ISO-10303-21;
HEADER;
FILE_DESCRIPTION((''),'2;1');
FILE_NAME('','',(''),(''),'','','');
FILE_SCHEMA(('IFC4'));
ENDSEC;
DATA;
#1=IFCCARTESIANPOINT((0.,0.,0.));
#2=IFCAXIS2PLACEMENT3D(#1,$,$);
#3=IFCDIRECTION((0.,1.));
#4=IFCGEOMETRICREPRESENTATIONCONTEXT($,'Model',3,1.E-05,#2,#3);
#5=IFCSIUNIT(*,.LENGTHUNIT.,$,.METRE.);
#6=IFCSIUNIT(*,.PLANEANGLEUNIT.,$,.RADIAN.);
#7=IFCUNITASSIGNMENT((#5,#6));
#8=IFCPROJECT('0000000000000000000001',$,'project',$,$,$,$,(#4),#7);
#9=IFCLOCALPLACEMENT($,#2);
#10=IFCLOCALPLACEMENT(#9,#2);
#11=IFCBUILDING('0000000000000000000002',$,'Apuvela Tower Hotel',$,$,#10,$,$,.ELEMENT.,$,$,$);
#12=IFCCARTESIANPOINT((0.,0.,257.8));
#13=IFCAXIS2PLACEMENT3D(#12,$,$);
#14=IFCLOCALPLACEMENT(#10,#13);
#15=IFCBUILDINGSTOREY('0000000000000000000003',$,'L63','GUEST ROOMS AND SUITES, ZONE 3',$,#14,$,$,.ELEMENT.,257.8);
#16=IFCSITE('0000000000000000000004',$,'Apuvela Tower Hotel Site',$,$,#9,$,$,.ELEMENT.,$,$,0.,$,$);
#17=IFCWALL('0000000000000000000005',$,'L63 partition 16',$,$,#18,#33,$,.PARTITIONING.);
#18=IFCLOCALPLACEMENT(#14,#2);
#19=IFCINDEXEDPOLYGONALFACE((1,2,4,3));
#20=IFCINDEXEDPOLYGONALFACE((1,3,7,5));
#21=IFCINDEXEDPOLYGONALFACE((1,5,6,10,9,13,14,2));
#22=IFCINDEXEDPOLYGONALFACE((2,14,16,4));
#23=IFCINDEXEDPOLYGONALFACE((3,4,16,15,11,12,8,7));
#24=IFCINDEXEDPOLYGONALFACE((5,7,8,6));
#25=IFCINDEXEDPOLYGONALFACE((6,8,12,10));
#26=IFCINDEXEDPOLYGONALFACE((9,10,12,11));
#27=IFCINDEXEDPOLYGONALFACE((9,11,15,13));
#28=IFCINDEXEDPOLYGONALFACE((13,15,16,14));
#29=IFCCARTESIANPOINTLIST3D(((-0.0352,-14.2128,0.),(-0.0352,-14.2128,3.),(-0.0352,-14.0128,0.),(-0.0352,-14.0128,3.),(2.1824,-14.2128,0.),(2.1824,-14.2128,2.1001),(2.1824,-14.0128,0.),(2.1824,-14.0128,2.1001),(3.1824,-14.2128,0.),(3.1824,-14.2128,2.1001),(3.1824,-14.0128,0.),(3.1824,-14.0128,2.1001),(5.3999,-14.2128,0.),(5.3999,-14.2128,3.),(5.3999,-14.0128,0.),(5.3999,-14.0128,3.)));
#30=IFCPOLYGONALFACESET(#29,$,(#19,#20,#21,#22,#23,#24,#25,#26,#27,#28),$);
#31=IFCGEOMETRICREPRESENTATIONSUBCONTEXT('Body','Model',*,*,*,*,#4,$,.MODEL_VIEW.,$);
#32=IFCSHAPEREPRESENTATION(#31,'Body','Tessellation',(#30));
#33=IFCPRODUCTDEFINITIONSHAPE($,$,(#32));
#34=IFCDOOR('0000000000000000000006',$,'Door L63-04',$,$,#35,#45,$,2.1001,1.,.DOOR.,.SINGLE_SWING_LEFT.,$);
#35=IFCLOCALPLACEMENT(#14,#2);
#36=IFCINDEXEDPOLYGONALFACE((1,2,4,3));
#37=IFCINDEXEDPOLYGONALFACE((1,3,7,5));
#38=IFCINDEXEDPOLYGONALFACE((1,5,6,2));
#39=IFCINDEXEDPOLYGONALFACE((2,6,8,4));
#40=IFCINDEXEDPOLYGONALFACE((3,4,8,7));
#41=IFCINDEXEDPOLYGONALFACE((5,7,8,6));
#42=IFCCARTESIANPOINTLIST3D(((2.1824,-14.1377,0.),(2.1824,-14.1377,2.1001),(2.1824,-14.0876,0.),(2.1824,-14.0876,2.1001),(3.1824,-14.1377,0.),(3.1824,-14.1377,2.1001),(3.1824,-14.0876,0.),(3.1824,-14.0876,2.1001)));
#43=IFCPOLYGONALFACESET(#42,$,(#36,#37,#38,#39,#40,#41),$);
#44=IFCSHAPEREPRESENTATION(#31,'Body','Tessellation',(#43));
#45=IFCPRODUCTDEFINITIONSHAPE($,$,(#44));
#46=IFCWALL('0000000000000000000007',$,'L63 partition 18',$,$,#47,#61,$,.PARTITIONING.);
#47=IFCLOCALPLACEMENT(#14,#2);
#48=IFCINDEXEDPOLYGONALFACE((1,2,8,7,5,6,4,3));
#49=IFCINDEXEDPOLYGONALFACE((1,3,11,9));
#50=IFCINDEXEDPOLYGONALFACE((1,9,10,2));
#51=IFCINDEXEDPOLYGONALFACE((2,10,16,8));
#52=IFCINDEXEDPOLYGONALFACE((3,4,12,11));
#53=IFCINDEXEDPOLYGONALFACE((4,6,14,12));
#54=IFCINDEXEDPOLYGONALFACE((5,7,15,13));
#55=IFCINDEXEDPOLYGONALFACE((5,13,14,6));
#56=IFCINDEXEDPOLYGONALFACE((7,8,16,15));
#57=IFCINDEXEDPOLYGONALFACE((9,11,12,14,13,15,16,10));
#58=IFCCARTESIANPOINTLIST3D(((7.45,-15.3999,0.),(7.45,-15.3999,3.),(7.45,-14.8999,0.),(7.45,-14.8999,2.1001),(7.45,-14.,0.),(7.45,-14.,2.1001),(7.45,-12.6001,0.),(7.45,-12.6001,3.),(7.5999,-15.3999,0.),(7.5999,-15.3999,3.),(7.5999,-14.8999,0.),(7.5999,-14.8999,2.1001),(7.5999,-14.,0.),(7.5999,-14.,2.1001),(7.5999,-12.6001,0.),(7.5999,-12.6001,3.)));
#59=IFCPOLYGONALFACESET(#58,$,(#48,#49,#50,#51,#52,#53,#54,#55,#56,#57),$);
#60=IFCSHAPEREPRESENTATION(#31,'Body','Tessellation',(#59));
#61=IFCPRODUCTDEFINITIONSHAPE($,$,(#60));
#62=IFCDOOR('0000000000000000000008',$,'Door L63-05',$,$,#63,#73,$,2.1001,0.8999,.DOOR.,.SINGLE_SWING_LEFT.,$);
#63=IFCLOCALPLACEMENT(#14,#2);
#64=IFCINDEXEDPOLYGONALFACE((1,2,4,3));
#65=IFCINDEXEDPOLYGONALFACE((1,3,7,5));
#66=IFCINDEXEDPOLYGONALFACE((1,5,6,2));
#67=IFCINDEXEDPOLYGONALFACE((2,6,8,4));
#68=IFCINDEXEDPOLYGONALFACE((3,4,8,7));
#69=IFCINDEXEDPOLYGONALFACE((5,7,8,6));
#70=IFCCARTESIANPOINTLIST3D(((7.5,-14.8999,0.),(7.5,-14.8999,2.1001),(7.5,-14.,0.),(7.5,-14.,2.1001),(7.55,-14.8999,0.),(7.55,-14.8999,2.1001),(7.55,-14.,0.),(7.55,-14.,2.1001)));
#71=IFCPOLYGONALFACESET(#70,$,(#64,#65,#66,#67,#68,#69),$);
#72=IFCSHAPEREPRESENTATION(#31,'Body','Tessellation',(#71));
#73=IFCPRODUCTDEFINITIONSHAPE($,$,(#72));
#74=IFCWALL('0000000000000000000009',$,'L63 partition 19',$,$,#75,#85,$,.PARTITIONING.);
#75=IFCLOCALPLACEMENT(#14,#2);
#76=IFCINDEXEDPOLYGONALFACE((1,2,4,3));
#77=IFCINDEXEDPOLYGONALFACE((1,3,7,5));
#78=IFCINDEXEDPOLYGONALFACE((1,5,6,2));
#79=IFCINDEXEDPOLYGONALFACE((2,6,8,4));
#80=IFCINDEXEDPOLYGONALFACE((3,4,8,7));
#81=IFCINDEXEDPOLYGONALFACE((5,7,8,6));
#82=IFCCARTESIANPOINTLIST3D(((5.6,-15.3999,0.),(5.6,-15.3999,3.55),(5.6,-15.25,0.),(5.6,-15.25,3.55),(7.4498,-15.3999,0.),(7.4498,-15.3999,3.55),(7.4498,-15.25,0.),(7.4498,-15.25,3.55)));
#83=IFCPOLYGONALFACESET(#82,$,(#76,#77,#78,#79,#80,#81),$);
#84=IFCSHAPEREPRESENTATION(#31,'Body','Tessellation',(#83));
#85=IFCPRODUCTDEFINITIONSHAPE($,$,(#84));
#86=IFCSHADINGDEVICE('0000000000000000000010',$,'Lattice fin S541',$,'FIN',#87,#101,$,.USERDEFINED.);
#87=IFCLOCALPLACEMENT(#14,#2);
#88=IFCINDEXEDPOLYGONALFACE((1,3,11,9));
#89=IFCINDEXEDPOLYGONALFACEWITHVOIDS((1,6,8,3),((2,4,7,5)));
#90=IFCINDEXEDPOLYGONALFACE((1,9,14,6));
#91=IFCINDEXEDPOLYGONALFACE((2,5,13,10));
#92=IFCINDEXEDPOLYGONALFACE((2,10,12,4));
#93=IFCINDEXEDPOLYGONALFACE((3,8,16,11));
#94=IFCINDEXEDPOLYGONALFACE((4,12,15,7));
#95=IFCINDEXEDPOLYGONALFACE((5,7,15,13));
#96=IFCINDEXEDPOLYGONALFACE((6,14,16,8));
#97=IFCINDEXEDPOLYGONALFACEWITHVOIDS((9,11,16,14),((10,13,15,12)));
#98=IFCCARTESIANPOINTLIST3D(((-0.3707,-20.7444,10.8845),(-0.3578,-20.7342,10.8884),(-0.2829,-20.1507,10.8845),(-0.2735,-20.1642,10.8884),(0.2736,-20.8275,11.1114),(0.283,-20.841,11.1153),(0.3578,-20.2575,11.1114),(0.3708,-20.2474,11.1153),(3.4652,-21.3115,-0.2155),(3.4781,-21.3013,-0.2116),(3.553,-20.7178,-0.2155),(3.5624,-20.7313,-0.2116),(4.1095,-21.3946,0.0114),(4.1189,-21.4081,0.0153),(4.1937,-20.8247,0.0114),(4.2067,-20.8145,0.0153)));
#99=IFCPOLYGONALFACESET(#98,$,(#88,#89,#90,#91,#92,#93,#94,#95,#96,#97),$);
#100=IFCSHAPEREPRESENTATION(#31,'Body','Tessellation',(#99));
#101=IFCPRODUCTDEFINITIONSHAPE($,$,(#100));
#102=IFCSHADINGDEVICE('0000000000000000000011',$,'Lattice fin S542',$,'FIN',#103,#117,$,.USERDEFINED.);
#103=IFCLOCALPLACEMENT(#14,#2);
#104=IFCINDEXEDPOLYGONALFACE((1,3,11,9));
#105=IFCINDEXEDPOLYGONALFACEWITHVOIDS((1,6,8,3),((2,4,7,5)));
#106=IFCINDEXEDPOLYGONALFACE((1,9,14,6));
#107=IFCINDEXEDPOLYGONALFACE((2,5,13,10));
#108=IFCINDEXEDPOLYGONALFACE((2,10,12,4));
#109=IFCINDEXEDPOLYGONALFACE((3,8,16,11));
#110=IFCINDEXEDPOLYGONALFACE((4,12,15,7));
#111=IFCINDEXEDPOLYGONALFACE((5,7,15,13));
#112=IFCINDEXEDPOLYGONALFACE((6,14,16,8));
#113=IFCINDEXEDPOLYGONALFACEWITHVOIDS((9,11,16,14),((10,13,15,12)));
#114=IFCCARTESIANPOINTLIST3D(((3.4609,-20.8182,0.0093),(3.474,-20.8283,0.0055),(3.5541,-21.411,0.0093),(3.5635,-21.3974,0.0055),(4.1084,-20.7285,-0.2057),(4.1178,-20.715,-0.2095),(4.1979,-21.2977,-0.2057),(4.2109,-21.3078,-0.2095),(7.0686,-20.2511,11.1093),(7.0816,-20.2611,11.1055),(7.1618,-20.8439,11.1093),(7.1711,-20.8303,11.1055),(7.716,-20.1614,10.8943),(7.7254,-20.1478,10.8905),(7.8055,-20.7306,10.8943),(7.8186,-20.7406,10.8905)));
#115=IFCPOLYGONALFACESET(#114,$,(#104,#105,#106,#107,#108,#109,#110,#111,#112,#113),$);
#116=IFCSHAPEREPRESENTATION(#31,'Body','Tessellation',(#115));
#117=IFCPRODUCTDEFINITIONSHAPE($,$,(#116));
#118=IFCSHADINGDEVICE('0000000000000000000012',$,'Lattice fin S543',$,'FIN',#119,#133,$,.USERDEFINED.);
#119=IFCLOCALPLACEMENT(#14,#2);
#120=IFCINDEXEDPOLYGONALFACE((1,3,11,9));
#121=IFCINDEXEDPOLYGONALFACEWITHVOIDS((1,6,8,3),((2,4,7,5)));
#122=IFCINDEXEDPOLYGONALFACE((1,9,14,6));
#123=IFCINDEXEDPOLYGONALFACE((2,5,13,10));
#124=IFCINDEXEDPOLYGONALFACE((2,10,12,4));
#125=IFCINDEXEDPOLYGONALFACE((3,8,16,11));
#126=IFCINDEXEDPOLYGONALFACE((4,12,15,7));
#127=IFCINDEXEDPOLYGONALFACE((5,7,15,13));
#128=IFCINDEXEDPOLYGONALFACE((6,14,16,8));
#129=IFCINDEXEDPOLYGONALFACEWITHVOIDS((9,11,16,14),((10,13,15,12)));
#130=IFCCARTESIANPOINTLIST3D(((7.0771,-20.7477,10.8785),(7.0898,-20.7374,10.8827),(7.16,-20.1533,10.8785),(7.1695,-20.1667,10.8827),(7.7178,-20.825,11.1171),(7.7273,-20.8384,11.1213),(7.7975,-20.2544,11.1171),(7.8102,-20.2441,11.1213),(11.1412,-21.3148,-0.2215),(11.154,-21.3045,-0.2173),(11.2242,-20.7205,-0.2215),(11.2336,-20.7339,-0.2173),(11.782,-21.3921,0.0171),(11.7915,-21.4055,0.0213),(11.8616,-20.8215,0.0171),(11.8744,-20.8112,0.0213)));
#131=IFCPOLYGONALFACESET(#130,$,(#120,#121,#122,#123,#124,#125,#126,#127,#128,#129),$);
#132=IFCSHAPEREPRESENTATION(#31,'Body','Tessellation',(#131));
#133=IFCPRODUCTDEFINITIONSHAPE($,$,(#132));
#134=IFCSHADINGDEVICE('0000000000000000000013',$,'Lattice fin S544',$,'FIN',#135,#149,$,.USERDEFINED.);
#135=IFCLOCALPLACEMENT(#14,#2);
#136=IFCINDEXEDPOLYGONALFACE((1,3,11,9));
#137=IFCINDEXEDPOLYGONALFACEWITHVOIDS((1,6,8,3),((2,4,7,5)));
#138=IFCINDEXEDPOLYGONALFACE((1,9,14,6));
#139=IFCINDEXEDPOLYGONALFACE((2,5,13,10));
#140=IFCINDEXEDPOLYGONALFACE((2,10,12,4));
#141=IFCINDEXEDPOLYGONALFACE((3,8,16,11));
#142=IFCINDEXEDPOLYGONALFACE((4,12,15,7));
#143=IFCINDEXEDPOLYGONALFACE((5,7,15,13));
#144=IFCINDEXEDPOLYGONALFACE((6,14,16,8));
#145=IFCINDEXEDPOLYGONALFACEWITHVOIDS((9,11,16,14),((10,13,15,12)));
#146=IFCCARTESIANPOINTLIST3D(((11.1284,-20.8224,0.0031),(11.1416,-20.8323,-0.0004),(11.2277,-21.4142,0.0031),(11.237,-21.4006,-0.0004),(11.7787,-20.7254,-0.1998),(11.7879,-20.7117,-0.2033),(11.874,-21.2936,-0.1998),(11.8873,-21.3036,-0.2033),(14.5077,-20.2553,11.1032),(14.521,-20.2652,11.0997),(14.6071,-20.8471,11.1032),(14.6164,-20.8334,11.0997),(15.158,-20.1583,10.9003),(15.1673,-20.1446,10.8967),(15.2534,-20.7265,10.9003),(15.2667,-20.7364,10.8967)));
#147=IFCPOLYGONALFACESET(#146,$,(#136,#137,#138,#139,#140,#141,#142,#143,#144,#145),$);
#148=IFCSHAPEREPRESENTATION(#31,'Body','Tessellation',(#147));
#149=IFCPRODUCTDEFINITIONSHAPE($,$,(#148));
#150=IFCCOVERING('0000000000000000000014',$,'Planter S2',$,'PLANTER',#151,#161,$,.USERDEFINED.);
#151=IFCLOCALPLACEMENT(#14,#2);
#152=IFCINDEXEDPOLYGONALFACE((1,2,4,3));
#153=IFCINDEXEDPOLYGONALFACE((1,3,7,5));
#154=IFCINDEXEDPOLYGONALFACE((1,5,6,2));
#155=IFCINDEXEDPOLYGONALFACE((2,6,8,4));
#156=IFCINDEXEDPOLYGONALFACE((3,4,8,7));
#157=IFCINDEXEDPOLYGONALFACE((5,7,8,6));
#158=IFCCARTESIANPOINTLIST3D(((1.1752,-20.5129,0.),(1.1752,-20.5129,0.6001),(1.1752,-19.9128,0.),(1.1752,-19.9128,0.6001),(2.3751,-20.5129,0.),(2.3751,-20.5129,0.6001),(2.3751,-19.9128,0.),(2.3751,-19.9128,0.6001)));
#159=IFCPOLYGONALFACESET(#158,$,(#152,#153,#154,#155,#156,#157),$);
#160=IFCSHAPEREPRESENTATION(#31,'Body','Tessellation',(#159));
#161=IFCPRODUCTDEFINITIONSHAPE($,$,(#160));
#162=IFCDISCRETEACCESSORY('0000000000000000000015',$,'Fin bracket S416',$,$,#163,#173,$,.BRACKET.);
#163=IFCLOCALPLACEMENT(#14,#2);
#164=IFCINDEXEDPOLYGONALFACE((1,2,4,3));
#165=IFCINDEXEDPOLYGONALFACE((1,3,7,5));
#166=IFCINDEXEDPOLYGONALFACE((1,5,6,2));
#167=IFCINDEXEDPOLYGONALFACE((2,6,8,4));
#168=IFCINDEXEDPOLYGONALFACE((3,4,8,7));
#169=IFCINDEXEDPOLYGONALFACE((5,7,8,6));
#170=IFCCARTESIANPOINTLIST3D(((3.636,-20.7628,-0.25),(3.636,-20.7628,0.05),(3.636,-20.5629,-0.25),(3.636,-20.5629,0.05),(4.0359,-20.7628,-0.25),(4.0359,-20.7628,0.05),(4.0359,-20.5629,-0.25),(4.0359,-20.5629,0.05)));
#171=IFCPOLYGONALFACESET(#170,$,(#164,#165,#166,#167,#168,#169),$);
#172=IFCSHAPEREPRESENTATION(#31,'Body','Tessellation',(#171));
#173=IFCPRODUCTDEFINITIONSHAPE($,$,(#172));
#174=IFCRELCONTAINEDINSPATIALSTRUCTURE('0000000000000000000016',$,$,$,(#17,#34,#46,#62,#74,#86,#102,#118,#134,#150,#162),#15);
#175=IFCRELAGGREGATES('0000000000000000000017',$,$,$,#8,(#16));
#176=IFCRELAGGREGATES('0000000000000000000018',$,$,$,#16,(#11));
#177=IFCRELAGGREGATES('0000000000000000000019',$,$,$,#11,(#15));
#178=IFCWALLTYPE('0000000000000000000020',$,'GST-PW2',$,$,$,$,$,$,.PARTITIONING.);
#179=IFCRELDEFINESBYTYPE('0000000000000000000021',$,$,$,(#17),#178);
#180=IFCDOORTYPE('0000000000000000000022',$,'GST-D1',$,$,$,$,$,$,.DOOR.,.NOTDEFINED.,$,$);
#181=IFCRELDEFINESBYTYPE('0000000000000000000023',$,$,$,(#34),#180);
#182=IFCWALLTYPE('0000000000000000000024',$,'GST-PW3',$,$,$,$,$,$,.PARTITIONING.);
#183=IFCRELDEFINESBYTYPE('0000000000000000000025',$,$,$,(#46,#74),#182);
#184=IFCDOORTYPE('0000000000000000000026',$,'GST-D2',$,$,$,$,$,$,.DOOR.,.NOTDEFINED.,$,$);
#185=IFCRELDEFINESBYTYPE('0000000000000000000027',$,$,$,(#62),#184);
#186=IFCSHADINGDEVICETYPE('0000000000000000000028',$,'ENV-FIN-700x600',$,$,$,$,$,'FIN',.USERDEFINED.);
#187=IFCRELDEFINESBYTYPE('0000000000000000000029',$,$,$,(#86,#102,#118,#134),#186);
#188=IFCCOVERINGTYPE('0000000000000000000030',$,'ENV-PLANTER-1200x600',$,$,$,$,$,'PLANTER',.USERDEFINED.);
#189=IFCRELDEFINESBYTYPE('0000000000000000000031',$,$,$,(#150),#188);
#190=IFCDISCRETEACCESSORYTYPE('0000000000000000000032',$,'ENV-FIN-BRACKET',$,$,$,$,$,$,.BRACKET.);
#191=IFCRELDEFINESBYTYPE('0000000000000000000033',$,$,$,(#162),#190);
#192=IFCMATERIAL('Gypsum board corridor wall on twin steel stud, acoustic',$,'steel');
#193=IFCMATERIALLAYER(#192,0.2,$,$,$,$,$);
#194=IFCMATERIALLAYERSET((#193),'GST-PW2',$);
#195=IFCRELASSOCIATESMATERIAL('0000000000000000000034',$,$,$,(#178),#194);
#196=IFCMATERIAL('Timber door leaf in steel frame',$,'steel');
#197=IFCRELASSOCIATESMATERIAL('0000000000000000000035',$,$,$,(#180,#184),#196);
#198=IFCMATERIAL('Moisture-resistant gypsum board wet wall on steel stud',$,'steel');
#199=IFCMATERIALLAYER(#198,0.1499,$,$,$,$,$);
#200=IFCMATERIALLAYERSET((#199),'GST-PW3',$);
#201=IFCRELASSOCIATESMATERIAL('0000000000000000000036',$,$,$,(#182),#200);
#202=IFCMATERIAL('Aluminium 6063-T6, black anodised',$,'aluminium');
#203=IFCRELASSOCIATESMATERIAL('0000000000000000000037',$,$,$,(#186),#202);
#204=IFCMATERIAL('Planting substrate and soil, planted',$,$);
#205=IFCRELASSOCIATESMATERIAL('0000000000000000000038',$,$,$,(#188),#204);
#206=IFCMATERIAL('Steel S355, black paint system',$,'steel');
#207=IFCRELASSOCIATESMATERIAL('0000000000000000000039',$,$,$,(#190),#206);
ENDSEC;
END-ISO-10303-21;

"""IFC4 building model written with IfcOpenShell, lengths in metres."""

from ifc_helpers import new_model, si_unit, direction, frame, frame_2d, origin, origin_2d, place, context, subcontext, project, spatial, rectangle, hollow_rectangle, extrude, material, layer, layer_set, material_profile, profile_set, type_object, element, fill, save


model = new_model("IFC4")

# Units and contexts
model_context = context("Model", 3, precision=1e-05, world=origin(), true_north=direction((0.0, 1.0)))
body_context = subcontext(model_context, "Body", "Model", "MODEL_VIEW")
ifc_project = project(units=[si_unit("LENGTHUNIT", "METRE"), si_unit("PLANEANGLEUNIT", "RADIAN")], contexts=[model_context])

# Site, building, storey
site_placement = place(None, origin())
site = spatial("IfcSite", under=ifc_project, at=site_placement, Name="Apuvela Tower Hotel Site", CompositionType="ELEMENT", RefElevation=0.0)
building_placement = place(site_placement, origin())
building = spatial("IfcBuilding", under=site, at=building_placement, Name="Apuvela Tower Hotel", CompositionType="ELEMENT")
storey_placement = place(building_placement, frame((0.0, 0.0, 257.8)))
storey = spatial("IfcBuildingStorey", under=building, at=storey_placement, Name="L63", Description="GUEST ROOMS AND SUITES, ZONE 3", CompositionType="ELEMENT", Elevation=257.8)

# Walls, openings, doors
ifc_material_1 = material(Name="Gypsum board corridor wall on twin steel stud, acoustic", Category="steel")
ifc_layer_1 = layer(ifc_material_1, 0.2)
ifc_layer_set_1 = layer_set([ifc_layer_1], Name="GST-PW2")
wall_type_1 = type_object("IfcWallType", Name="GST-PW2", PredefinedType="PARTITIONING", material=ifc_layer_set_1)
wall_1_placement = place(storey_placement, frame((5.3999, -14.1128, 0.0), z_axis=(0.0, 0.0, 1.0), x_axis=(-1.0, 0.0, 0.0)))
wall_1 = element("IfcWall", 1, at=wall_1_placement, inside=storey, type_object=wall_type_1, Name="L63 partition 16", PredefinedType="PARTITIONING", context=body_context, shape_type="SweptSolid", body=[
    extrude(rectangle(XDim=5.4351, YDim=0.2, at=frame_2d((2.7175, 0.0))), origin(), (0.0, 0.0, 1.0), 3.0),
])
opening_1_placement = place(wall_1_placement, frame((2.2175, 0.0, 0.0)))
opening_1 = element("IfcOpeningElement", 2, at=opening_1_placement, cuts=wall_1, PredefinedType="OPENING", context=body_context, shape_type="SweptSolid", body=[
    extrude(rectangle(XDim=1.0, YDim=2.1001, at=frame_2d((0.5, 1.05))), frame((0.0, 0.1099, 0.0), z_axis=(0.0, -1.0, 0.0), x_axis=(1.0, 0.0, 0.0)), (0.0, 0.0, 1.0), 0.22),
])
ifc_material_2 = material(Name="Timber door leaf in steel frame", Category="steel")
door_type_1 = type_object("IfcDoorType", Name="GST-D1", OperationType="NOTDEFINED", PredefinedType="DOOR", material=ifc_material_2)
door_1_placement = place(opening_1_placement, origin())
door_1 = element("IfcDoor", 3, at=door_1_placement, inside=storey, type_object=door_type_1, Name="Door L63-04", OperationType="SINGLE_SWING_LEFT", OverallHeight=2.1001, OverallWidth=1.0, PredefinedType="DOOR", context=body_context, shape_type="SweptSolid", body=[
    extrude(rectangle(XDim=1.0, YDim=2.1001, at=frame_2d((0.5, 1.05))), frame((0.0, 0.0249, 0.0), z_axis=(0.0, -1.0, 0.0), x_axis=(1.0, 0.0, 0.0)), (0.0, 0.0, 1.0), 0.05),
])
fill(opening_1, door_1)
ifc_material_3 = material(Name="Moisture-resistant gypsum board wet wall on steel stud", Category="steel")
ifc_layer_2 = layer(ifc_material_3, 0.1499)
ifc_layer_set_2 = layer_set([ifc_layer_2], Name="GST-PW3")
wall_type_2 = type_object("IfcWallType", Name="GST-PW3", PredefinedType="PARTITIONING", material=ifc_layer_set_2)
wall_2_placement = place(storey_placement, frame((7.5249, -15.3999, 0.0), z_axis=(0.0, 0.0, 1.0), x_axis=(0.0, 1.0, 0.0)))
wall_2 = element("IfcWall", 4, at=wall_2_placement, inside=storey, type_object=wall_type_2, Name="L63 partition 18", PredefinedType="PARTITIONING", context=body_context, shape_type="SweptSolid", body=[
    extrude(rectangle(XDim=2.7998, YDim=0.1499, at=frame_2d((1.3999, 0.0))), origin(), (0.0, 0.0, 1.0), 3.0),
])
opening_2_placement = place(wall_2_placement, frame((0.5, 0.0, 0.0)))
opening_2 = element("IfcOpeningElement", 5, at=opening_2_placement, cuts=wall_2, PredefinedType="OPENING", context=body_context, shape_type="SweptSolid", body=[
    extrude(rectangle(XDim=0.8999, YDim=2.1001, at=frame_2d((0.45, 1.05))), frame((0.0, 0.085, 0.0), z_axis=(0.0, -1.0, 0.0), x_axis=(1.0, 0.0, 0.0)), (0.0, 0.0, 1.0), 0.1699),
])
door_type_2 = type_object("IfcDoorType", Name="GST-D2", OperationType="NOTDEFINED", PredefinedType="DOOR", material=ifc_material_2)
door_2_placement = place(opening_2_placement, origin())
door_2 = element("IfcDoor", 6, at=door_2_placement, inside=storey, type_object=door_type_2, Name="Door L63-05", OperationType="SINGLE_SWING_LEFT", OverallHeight=2.1001, OverallWidth=0.8999, PredefinedType="DOOR", context=body_context, shape_type="SweptSolid", body=[
    extrude(rectangle(XDim=0.8999, YDim=2.1001, at=frame_2d((0.45, 1.05))), frame((0.0, 0.0249, 0.0), z_axis=(0.0, -1.0, 0.0), x_axis=(1.0, 0.0, 0.0)), (0.0, 0.0, 1.0), 0.05),
])
fill(opening_2, door_2)

# Wall
wall_3_placement = place(storey_placement, frame((5.6001, -15.325, 0.0), z_axis=(0.0, 0.0, 1.0), x_axis=(1.0, 0.0, 0.0)))
element("IfcWall", 7, at=wall_3_placement, inside=storey, type_object=wall_type_2, Name="L63 partition 19", PredefinedType="PARTITIONING", context=body_context, shape_type="SweptSolid", body=[
    extrude(rectangle(XDim=1.8499, YDim=0.1499, at=frame_2d((0.9248, 0.0))), origin(), (0.0, 0.0, 1.0), 3.55),
])

# Shading devices
ifc_material_4 = material(Name="Aluminium 6063-T6, black anodised", Category="aluminium")
ifc_material_profile_1 = material_profile(ifc_material_4, hollow_rectangle(XDim=0.6001, YDim=0.7, WallThickness=0.012, at=origin_2d()), Name="AL BOX 700x600x12")
ifc_profile_set_1 = profile_set([ifc_material_profile_1], Name="Aluminium 6063-T6, black anodised")
shading_device_type = type_object("IfcShadingDeviceType", Name="ENV-FIN-700x600", ElementType="FIN", PredefinedType="USERDEFINED", material=ifc_profile_set_1)
shading_device_1_placement = place(storey_placement, frame((3.8359, -21.063, -0.1001), z_axis=(-0.326243, 0.048235, 0.944054), x_axis=(-0.146259, -0.989246, 0.0)))
element("IfcShadingDevice", 8, at=shading_device_1_placement, inside=storey, type_object=shading_device_type, Name="Lattice fin S541", ObjectType="FIN", PredefinedType="USERDEFINED", context=body_context, shape_type="SweptSolid", body=[
    extrude(hollow_rectangle(XDim=0.6001, YDim=0.7, WallThickness=0.012, at=origin_2d()), origin(), (0.0, 0.0, 1.0), 11.7578),
])
shading_device_2_placement = place(storey_placement, frame((3.8359, -21.063, -0.1001), z_axis=(0.308732, 0.048534, 0.94991), x_axis=(-0.155297, 0.987868, 0.0)))
element("IfcShadingDevice", 9, at=shading_device_2_placement, inside=storey, type_object=shading_device_type, Name="Lattice fin S542", ObjectType="FIN", PredefinedType="USERDEFINED", context=body_context, shape_type="SweptSolid", body=[
    extrude(hollow_rectangle(XDim=0.6001, YDim=0.7, WallThickness=0.012, at=origin_2d()), origin(), (0.0, 0.0, 1.0), 11.6853),
])
shading_device_3_placement = place(storey_placement, frame((11.5078, -21.063, -0.1001), z_axis=(-0.343425, 0.047923, 0.937957), x_axis=(-0.138206, -0.990404, 0.0)))
element("IfcShadingDevice", 10, at=shading_device_3_placement, inside=storey, type_object=shading_device_type, Name="Lattice fin S543", ObjectType="FIN", PredefinedType="USERDEFINED", context=body_context, shape_type="SweptSolid", body=[
    extrude(hollow_rectangle(XDim=0.6001, YDim=0.7, WallThickness=0.012, at=origin_2d()), origin(), (0.0, 0.0, 1.0), 11.8342),
])
shading_device_4_placement = place(storey_placement, frame((11.5078, -21.063, -0.1001), z_axis=(0.290901, 0.04882, 0.955507), x_axis=(-0.165508, 0.986208, 0.0)))
element("IfcShadingDevice", 11, at=shading_device_4_placement, inside=storey, type_object=shading_device_type, Name="Lattice fin S544", ObjectType="FIN", PredefinedType="USERDEFINED", context=body_context, shape_type="SweptSolid", body=[
    extrude(hollow_rectangle(XDim=0.6001, YDim=0.7, WallThickness=0.012, at=origin_2d()), origin(), (0.0, 0.0, 1.0), 11.6169),
])

# Covering
ifc_material_5 = material(Name="Planting substrate and soil, planted")
covering_type = type_object("IfcCoveringType", Name="ENV-PLANTER-1200x600", ElementType="PLANTER", PredefinedType="USERDEFINED", material=ifc_material_5)
covering_placement = place(storey_placement, frame((1.7751, -20.2129, 0.0), z_axis=(0.0, 0.0, 1.0), x_axis=(1.0, 0.0, 0.0)))
element("IfcCovering", 12, at=covering_placement, inside=storey, type_object=covering_type, Name="Planter S2", ObjectType="PLANTER", PredefinedType="USERDEFINED", context=body_context, shape_type="SweptSolid", body=[
    extrude(rectangle(XDim=1.2, YDim=0.6001, at=origin_2d()), origin(), (0.0, 0.0, 1.0), 0.6001),
])

# Discrete accessory
ifc_material_6 = material(Name="Steel S355, black paint system", Category="steel")
discrete_accessory_type = type_object("IfcDiscreteAccessoryType", Name="ENV-FIN-BRACKET", PredefinedType="BRACKET", material=ifc_material_6)
for number, where, z_axis, x_axis, name in (
    (13, (3.8359, -20.6628, -0.25), (0.0, 0.0, 1.0), (1.0, 0.0, 0.0), "Fin bracket S416"),
):
    element("IfcDiscreteAccessory", number, at=place(storey_placement, frame(where, z_axis=z_axis, x_axis=x_axis)), inside=storey, type_object=discrete_accessory_type, Name=name, PredefinedType="BRACKET", context=body_context, shape_type="SweptSolid", body=[
        extrude(rectangle(XDim=0.3999, YDim=0.2, at=origin_2d()), origin(), (0.0, 0.0, 1.0), 0.3),
    ])

save(model, "model.ifc")
